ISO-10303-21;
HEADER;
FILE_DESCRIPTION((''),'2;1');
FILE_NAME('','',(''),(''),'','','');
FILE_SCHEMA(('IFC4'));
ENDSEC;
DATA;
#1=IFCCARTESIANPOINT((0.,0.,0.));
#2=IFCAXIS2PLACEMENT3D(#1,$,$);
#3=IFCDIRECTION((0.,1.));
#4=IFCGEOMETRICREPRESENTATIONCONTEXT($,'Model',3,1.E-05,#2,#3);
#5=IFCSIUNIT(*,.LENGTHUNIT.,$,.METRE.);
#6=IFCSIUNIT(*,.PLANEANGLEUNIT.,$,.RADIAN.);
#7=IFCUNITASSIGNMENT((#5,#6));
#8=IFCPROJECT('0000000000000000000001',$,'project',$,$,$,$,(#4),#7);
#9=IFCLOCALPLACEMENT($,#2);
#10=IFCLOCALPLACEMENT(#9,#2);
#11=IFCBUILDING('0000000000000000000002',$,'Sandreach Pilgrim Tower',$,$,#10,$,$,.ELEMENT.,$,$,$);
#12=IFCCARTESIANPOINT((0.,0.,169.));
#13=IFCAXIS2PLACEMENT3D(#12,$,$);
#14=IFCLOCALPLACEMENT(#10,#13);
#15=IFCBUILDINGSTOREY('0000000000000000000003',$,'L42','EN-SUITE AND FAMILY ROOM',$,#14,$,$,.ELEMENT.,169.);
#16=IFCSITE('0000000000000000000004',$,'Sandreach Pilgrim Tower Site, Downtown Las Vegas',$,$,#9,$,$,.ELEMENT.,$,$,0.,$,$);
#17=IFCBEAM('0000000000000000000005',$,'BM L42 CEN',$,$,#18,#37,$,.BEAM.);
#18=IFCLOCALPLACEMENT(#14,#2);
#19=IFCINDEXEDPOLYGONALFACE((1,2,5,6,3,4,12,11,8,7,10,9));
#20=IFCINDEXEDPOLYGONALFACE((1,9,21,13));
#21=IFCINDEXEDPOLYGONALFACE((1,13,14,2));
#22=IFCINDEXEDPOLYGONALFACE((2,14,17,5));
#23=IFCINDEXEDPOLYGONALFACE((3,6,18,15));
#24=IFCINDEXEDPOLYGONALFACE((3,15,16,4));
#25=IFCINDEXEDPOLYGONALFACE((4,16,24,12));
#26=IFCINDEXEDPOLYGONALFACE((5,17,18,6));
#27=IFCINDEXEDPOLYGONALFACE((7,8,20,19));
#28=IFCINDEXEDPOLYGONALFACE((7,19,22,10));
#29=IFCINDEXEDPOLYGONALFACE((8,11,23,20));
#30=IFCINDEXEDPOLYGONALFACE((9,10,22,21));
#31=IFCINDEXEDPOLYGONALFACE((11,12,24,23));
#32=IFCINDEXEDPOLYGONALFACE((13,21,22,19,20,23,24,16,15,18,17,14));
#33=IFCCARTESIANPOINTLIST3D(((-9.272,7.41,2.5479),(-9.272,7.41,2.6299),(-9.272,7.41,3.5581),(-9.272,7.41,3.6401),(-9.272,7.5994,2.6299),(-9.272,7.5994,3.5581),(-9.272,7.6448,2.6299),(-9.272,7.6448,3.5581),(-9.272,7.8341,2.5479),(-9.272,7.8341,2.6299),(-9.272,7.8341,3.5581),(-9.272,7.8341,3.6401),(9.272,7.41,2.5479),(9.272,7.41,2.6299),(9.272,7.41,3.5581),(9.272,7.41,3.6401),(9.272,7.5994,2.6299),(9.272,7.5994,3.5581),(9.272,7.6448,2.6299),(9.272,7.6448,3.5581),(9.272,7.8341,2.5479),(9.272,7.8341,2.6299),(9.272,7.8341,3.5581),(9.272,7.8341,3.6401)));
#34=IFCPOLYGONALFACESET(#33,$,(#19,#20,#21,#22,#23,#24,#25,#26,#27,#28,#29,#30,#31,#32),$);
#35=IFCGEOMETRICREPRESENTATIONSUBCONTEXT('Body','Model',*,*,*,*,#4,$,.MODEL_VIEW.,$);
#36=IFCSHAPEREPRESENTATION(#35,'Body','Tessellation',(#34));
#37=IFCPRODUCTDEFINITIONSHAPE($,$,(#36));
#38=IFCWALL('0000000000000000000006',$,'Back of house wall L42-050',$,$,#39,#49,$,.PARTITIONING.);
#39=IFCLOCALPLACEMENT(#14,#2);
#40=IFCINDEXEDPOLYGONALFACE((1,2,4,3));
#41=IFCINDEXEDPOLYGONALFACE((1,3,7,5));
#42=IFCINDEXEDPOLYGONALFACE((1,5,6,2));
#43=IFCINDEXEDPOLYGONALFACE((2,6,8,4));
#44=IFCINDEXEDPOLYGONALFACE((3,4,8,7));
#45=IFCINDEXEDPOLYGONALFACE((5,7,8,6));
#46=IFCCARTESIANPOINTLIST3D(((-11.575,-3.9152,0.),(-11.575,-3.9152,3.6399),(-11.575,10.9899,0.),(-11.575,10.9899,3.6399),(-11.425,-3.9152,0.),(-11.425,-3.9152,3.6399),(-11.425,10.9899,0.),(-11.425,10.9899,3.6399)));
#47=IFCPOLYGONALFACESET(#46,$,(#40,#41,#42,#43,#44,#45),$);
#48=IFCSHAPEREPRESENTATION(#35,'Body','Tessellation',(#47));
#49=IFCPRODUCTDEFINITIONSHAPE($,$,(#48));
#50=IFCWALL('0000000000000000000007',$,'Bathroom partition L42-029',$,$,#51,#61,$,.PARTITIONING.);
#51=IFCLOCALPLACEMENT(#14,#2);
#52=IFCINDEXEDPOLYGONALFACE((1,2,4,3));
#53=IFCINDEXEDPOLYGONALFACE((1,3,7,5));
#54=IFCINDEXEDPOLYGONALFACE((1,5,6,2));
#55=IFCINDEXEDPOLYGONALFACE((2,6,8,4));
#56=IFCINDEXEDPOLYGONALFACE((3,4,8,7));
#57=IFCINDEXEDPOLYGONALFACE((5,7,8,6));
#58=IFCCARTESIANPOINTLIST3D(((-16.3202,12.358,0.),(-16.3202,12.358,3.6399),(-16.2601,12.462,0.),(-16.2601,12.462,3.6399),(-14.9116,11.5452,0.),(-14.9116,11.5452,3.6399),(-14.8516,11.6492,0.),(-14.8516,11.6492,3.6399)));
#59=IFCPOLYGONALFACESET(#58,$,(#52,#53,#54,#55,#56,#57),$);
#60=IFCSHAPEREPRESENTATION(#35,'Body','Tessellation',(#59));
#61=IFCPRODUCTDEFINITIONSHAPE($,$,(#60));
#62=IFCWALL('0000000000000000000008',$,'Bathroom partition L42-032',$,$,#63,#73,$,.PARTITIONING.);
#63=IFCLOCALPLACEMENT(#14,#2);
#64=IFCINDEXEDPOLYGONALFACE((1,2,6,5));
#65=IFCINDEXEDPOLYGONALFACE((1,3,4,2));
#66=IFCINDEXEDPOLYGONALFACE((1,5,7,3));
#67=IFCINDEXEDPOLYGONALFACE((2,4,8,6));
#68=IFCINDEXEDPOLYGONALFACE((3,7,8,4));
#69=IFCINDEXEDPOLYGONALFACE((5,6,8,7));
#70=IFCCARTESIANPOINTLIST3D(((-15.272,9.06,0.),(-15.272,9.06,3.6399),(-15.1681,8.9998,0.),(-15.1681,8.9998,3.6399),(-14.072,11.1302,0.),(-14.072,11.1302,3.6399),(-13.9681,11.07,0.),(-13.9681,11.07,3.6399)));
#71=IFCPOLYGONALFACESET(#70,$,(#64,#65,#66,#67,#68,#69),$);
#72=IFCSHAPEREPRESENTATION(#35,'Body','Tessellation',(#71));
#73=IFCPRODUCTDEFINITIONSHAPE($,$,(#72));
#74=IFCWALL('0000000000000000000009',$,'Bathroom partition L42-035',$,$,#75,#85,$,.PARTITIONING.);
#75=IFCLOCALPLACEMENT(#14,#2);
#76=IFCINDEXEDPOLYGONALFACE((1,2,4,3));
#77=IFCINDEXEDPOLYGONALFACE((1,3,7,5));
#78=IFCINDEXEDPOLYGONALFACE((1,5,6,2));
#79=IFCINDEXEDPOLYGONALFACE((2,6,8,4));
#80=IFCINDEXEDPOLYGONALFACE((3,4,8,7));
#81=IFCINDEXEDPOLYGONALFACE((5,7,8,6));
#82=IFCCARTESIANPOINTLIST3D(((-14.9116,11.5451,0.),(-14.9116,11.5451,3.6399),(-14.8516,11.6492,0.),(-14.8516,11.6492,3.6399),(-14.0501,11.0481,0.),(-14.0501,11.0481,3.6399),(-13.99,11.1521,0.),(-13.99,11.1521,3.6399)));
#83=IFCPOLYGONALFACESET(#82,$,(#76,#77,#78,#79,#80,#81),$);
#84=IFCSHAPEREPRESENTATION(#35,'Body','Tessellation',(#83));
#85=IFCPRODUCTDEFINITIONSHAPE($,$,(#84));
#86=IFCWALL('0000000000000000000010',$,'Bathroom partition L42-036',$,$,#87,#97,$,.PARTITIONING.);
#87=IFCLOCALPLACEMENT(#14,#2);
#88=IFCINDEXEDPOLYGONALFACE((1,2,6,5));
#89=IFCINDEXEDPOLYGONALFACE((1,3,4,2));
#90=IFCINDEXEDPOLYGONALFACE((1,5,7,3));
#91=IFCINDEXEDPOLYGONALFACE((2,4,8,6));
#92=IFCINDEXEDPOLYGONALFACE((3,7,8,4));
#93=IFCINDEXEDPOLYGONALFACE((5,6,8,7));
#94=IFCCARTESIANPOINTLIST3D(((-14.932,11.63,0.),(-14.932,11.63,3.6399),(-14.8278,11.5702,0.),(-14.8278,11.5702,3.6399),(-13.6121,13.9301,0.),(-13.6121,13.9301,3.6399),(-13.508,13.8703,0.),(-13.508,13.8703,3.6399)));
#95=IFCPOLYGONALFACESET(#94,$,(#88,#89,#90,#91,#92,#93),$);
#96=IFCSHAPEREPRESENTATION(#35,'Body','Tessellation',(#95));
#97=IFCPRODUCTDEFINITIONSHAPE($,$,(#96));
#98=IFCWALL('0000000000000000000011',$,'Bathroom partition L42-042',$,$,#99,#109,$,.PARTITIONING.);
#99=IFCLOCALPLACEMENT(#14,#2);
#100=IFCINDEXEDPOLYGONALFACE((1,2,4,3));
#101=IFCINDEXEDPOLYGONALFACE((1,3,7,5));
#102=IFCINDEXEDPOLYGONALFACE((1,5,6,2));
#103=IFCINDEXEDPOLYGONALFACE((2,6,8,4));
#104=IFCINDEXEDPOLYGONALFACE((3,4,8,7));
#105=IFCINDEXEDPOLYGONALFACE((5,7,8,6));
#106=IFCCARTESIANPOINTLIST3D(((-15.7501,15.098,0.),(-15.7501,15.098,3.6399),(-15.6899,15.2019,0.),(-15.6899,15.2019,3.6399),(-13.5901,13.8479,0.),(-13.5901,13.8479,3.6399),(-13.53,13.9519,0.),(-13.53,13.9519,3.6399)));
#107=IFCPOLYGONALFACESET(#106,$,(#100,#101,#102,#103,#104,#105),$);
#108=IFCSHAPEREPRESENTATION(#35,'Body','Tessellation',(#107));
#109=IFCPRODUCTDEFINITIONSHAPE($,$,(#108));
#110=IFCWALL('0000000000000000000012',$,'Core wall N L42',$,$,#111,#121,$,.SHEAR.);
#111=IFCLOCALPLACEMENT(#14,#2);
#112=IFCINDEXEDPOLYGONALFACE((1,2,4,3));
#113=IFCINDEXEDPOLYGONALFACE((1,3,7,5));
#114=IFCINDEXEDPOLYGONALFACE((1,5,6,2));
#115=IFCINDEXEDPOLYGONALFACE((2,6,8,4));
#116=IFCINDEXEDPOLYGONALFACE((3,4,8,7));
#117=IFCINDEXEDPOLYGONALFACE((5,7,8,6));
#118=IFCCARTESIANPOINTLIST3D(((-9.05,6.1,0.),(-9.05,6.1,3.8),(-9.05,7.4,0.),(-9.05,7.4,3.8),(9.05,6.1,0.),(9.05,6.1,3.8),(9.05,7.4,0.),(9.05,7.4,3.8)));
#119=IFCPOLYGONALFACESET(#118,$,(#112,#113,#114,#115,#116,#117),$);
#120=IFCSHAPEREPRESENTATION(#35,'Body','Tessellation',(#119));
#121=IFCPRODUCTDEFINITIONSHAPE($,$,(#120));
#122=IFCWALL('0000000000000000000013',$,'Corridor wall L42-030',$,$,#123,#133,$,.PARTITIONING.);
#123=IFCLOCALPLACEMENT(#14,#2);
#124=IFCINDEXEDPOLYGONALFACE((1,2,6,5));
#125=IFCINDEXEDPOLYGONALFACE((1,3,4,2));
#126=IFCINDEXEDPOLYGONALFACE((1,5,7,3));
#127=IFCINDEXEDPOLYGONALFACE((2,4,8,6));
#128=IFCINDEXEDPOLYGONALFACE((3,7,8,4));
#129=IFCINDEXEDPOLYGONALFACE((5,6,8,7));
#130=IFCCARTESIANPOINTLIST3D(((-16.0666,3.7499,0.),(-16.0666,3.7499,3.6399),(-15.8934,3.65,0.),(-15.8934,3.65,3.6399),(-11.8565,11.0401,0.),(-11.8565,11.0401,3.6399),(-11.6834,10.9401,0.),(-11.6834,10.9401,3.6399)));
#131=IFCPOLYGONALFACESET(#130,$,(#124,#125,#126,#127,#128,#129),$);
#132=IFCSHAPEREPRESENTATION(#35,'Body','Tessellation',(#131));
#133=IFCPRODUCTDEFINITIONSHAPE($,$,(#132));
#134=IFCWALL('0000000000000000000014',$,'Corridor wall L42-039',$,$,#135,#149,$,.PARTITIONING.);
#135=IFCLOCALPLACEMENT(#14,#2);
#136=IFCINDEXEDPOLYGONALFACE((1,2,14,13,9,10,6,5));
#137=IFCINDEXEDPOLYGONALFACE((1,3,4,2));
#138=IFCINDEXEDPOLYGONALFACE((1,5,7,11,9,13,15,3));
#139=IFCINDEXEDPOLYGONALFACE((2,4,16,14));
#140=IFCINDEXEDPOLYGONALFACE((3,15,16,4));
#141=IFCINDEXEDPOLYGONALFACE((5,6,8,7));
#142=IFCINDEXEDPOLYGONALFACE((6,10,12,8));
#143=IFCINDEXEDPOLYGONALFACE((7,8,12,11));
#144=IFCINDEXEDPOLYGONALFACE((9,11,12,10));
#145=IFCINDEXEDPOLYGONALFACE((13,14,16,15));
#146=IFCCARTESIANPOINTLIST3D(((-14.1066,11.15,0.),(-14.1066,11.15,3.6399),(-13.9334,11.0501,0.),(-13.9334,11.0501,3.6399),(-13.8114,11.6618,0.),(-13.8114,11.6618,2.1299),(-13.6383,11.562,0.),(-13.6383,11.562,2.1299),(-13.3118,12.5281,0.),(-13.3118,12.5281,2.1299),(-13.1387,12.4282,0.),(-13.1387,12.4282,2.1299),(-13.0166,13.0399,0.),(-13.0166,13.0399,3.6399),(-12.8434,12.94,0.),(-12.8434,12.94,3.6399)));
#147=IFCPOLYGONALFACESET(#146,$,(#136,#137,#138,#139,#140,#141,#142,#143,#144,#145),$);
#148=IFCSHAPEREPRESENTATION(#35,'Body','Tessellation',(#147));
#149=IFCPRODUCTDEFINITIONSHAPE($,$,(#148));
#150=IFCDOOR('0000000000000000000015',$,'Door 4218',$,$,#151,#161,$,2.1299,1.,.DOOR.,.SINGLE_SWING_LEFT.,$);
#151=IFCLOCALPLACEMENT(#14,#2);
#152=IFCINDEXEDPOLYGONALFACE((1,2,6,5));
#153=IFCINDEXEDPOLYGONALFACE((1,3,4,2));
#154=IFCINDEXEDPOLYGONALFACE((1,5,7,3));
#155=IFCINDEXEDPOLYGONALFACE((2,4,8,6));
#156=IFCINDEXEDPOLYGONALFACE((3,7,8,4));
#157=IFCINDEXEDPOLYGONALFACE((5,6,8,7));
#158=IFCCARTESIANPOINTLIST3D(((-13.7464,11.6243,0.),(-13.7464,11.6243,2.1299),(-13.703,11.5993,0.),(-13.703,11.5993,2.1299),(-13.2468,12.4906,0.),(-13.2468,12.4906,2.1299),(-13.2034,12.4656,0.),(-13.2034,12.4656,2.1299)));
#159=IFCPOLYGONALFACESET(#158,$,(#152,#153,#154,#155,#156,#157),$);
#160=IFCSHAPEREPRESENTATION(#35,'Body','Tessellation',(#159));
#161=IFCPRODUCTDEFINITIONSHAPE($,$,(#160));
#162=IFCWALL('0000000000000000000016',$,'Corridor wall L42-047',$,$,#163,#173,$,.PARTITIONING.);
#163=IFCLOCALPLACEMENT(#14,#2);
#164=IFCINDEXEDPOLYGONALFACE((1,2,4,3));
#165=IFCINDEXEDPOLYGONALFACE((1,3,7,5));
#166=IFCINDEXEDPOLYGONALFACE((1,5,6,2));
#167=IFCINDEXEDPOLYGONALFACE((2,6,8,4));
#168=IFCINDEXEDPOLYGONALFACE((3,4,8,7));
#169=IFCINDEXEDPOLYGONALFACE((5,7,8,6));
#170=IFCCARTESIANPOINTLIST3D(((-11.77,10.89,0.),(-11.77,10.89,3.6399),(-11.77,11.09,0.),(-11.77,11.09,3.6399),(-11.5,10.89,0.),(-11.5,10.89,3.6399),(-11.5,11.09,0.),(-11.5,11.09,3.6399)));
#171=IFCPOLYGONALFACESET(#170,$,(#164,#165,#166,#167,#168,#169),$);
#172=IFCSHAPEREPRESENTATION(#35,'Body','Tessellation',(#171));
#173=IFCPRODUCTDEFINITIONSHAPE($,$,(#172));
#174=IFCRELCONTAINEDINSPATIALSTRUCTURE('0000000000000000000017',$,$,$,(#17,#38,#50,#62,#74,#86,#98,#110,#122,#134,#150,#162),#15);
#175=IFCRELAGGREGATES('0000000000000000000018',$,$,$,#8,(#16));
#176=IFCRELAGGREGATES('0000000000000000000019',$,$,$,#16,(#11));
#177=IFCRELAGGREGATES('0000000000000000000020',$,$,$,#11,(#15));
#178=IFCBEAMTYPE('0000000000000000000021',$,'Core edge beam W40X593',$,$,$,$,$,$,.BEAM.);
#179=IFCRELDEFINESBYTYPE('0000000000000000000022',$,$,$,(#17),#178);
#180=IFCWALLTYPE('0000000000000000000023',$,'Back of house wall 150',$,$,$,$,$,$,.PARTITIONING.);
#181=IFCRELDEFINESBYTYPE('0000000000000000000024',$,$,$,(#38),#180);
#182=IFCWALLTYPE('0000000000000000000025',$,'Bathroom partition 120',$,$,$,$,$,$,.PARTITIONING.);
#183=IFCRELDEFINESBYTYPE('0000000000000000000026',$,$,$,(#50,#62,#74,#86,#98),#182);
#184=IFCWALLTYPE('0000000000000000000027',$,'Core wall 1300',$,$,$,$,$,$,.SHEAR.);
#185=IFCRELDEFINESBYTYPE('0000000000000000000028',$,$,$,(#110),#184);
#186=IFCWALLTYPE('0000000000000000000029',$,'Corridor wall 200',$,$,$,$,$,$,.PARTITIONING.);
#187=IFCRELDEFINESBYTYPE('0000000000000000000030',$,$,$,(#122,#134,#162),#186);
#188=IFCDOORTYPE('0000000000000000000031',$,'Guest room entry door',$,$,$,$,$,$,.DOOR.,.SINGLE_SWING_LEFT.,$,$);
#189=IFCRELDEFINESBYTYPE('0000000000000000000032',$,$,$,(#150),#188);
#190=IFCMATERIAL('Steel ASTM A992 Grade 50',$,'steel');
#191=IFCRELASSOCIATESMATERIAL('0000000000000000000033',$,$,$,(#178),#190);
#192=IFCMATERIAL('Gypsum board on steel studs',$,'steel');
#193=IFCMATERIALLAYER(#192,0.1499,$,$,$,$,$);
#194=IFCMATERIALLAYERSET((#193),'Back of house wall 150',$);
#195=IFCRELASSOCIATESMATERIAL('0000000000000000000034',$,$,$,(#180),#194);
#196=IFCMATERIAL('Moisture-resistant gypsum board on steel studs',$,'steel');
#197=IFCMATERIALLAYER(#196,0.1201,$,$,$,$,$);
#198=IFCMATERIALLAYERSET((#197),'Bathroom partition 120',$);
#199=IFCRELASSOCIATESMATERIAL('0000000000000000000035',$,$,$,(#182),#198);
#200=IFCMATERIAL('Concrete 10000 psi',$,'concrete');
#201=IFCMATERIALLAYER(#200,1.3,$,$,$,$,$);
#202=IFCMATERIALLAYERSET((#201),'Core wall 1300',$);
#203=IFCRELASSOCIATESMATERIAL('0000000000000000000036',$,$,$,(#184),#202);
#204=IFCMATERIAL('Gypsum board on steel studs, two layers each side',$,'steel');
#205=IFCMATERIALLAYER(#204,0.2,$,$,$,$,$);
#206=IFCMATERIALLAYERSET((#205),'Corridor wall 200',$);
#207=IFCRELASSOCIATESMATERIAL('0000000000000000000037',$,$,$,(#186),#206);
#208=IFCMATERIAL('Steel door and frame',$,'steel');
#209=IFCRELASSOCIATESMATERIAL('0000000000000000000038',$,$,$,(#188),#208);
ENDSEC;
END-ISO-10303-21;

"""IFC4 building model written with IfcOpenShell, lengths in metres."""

from ifc_helpers import new_model, si_unit, direction, frame, frame_2d, origin, origin_2d, place, context, subcontext, project, spatial, rectangle, i_section, extrude, material, layer, layer_set, material_profile, profile_set, type_object, element, fill, save


model = new_model("IFC4")

# Units and contexts
model_context = context("Model", 3, precision=1e-05, world=origin(), true_north=direction((0.0, 1.0)))
body_context = subcontext(model_context, "Body", "Model", "MODEL_VIEW")
ifc_project = project(units=[si_unit("LENGTHUNIT", "METRE"), si_unit("PLANEANGLEUNIT", "RADIAN")], contexts=[model_context])

# Site, building, storey
site_placement = place(None, origin())
site = spatial("IfcSite", under=ifc_project, at=site_placement, Name="Sandreach Pilgrim Tower Site, Downtown Las Vegas", CompositionType="ELEMENT", RefElevation=0.0)
building_placement = place(site_placement, origin())
building = spatial("IfcBuilding", under=site, at=building_placement, Name="Sandreach Pilgrim Tower", CompositionType="ELEMENT")
storey_placement = place(building_placement, frame((0.0, 0.0, 169.0)))
storey = spatial("IfcBuildingStorey", under=building, at=storey_placement, Name="L42", Description="EN-SUITE AND FAMILY ROOM", CompositionType="ELEMENT", Elevation=169.0)

# Beam
ifc_material_1 = material(Name="Steel ASTM A992 Grade 50", Category="steel")
ifc_material_profile = material_profile(ifc_material_1, i_section(OverallWidth=0.4241, OverallDepth=1.0923, WebThickness=0.0454, FlangeThickness=0.082, at=origin_2d()), Name="W40X593")
ifc_profile_set = profile_set([ifc_material_profile], Name="Steel ASTM A992 Grade 50")
beam_type = type_object("IfcBeamType", Name="Core edge beam W40X593", PredefinedType="BEAM", material=ifc_profile_set)
beam_placement = place(storey_placement, frame((-9.272, 7.6221, 3.094), z_axis=(1.0, 0.0, 0.0), x_axis=(0.0, 1.0, 0.0)))
element("IfcBeam", 1, at=beam_placement, inside=storey, type_object=beam_type, Name="BM L42 CEN", PredefinedType="BEAM", context=body_context, shape_type="SweptSolid", body=[
    extrude(i_section(OverallWidth=0.4241, OverallDepth=1.0923, WebThickness=0.0454, FlangeThickness=0.082, at=origin_2d()), origin(), (0.0, 0.0, 1.0), 18.5439),
])

# Walls
ifc_material_2 = material(Name="Gypsum board on steel studs", Category="steel")
ifc_layer_1 = layer(ifc_material_2, 0.1499)
ifc_layer_set_1 = layer_set([ifc_layer_1], Name="Back of house wall 150")
wall_type_1 = type_object("IfcWallType", Name="Back of house wall 150", PredefinedType="PARTITIONING", material=ifc_layer_set_1)
wall_1_placement = place(storey_placement, frame((-11.5, 10.99, 0.0), z_axis=(0.0, 0.0, 1.0), x_axis=(0.0, -1.0, 0.0)))
element("IfcWall", 2, at=wall_1_placement, inside=storey, type_object=wall_type_1, Name="Back of house wall L42-050", PredefinedType="PARTITIONING", context=body_context, shape_type="SweptSolid", body=[
    extrude(rectangle(XDim=14.905, YDim=0.1499, at=frame_2d((7.4526, 0.0))), origin(), (0.0, 0.0, 1.0), 3.6399),
])
ifc_material_3 = material(Name="Moisture-resistant gypsum board on steel studs", Category="steel")
ifc_layer_2 = layer(ifc_material_3, 0.1201)
ifc_layer_set_2 = layer_set([ifc_layer_2], Name="Bathroom partition 120")
wall_type_2 = type_object("IfcWallType", Name="Bathroom partition 120", PredefinedType="PARTITIONING", material=ifc_layer_set_2)
wall_2_placement = place(storey_placement, frame((-16.29, 12.4099, 0.0), z_axis=(0.0, 0.0, 1.0), x_axis=(0.866138, -0.499805, 0.0)))
element("IfcWall", 3, at=wall_2_placement, inside=storey, type_object=wall_type_2, Name="Bathroom partition L42-029", PredefinedType="PARTITIONING", context=body_context, shape_type="SweptSolid", body=[
    extrude(rectangle(XDim=1.6262, YDim=0.1201, at=frame_2d((0.813, 0.0))), origin(), (0.0, 0.0, 1.0), 3.6399),
])
wall_3_placement = place(storey_placement, frame((-15.22, 9.03, 0.0), z_axis=(0.0, 0.0, 1.0), x_axis=(0.501503, 0.865156, 0.0)))
element("IfcWall", 4, at=wall_3_placement, inside=storey, type_object=wall_type_2, Name="Bathroom partition L42-032", PredefinedType="PARTITIONING", context=body_context, shape_type="SweptSolid", body=[
    extrude(rectangle(XDim=2.3928, YDim=0.1201, at=frame_2d((1.1963, 0.0))), origin(), (0.0, 0.0, 1.0), 3.6399),
])
wall_4_placement = place(storey_placement, frame((-14.8816, 11.5972, 0.0), z_axis=(0.0, 0.0, 1.0), x_axis=(0.866181, -0.49973, 0.0)))
element("IfcWall", 5, at=wall_4_placement, inside=storey, type_object=wall_type_2, Name="Bathroom partition L42-035", PredefinedType="PARTITIONING", context=body_context, shape_type="SweptSolid", body=[
    extrude(rectangle(XDim=0.9946, YDim=0.1201, at=frame_2d((0.4973, 0.0))), origin(), (0.0, 0.0, 1.0), 3.6399),
])
wall_5_placement = place(storey_placement, frame((-14.8799, 11.6001, 0.0), z_axis=(0.0, 0.0, 1.0), x_axis=(0.497705, 0.867347, 0.0)))
element("IfcWall", 6, at=wall_5_placement, inside=storey, type_object=wall_type_2, Name="Bathroom partition L42-036", PredefinedType="PARTITIONING", context=body_context, shape_type="SweptSolid", body=[
    extrude(rectangle(XDim=2.6519, YDim=0.1201, at=frame_2d((1.3259, 0.0))), origin(), (0.0, 0.0, 1.0), 3.6399),
])
wall_6_placement = place(storey_placement, frame((-13.5601, 13.8999, 0.0), z_axis=(0.0, 0.0, 1.0), x_axis=(-0.865509, 0.500894, 0.0)))
element("IfcWall", 7, at=wall_6_placement, inside=storey, type_object=wall_type_2, Name="Bathroom partition L42-042", PredefinedType="PARTITIONING", context=body_context, shape_type="SweptSolid", body=[
    extrude(rectangle(XDim=2.4956, YDim=0.1201, at=frame_2d((1.2478, 0.0))), origin(), (0.0, 0.0, 1.0), 3.6399),
])
ifc_material_4 = material(Name="Concrete 10000 psi", Category="concrete")
ifc_layer_3 = layer(ifc_material_4, 1.3)
ifc_layer_set_3 = layer_set([ifc_layer_3], Name="Core wall 1300")
wall_type_3 = type_object("IfcWallType", Name="Core wall 1300", PredefinedType="SHEAR", material=ifc_layer_set_3)
wall_7_placement = place(storey_placement, frame((-9.05, 6.75, 0.0), z_axis=(0.0, 0.0, 1.0), x_axis=(1.0, 0.0, 0.0)))
element("IfcWall", 8, at=wall_7_placement, inside=storey, type_object=wall_type_3, Name="Core wall N L42", PredefinedType="SHEAR", context=body_context, shape_type="SweptSolid", body=[
    extrude(rectangle(XDim=18.1001, YDim=1.3, at=frame_2d((9.05, 0.0))), origin(), (0.0, 0.0, 1.0), 3.8),
])
ifc_material_5 = material(Name="Gypsum board on steel studs, two layers each side", Category="steel")
ifc_layer_4 = layer(ifc_material_5, 0.2)
ifc_layer_set_4 = layer_set([ifc_layer_4], Name="Corridor wall 200")
wall_type_4 = type_object("IfcWallType", Name="Corridor wall 200", PredefinedType="PARTITIONING", material=ifc_layer_set_4)
wall_8_placement = place(storey_placement, frame((-15.98, 3.7, 0.0), z_axis=(0.0, 0.0, 1.0), x_axis=(0.500094, 0.865971, 0.0)))
element("IfcWall", 9, at=wall_8_placement, inside=storey, type_object=wall_type_4, Name="Corridor wall L42-030", PredefinedType="PARTITIONING", context=body_context, shape_type="SweptSolid", body=[
    extrude(rectangle(XDim=8.4185, YDim=0.2, at=frame_2d((4.2092, 0.0))), origin(), (0.0, 0.0, 1.0), 3.6399),
])

# Wall, opening, door
wall_9_placement = place(storey_placement, frame((-14.02, 11.1001, 0.0), z_axis=(0.0, 0.0, 1.0), x_axis=(0.499642, 0.866232, 0.0)))
wall_9 = element("IfcWall", 10, at=wall_9_placement, inside=storey, type_object=wall_type_4, Name="Corridor wall L42-039", PredefinedType="PARTITIONING", context=body_context, shape_type="SweptSolid", body=[
    extrude(rectangle(XDim=2.1816, YDim=0.2, at=frame_2d((1.0908, 0.0))), origin(), (0.0, 0.0, 1.0), 3.6399),
])
opening_1_placement = place(wall_9_placement, frame((0.5908, 0.0, 0.0)))
opening_1 = element("IfcOpeningElement", 11, at=opening_1_placement, cuts=wall_9, PredefinedType="OPENING", context=body_context, shape_type="SweptSolid", body=[
    extrude(rectangle(XDim=1.0, YDim=2.1299, at=frame_2d((0.5, 1.0649))), frame((0.0, 0.1001, 0.0), z_axis=(0.0, -1.0, 0.0), x_axis=(1.0, 0.0, 0.0)), (0.0, 0.0, 1.0), 0.2),
])
ifc_material_6 = material(Name="Steel door and frame", Category="steel")
door_type_1 = type_object("IfcDoorType", Name="Guest room entry door", OperationType="SINGLE_SWING_LEFT", PredefinedType="DOOR", material=ifc_material_6)
door_1_placement = place(opening_1_placement, origin())
door_1 = element("IfcDoor", 12, at=door_1_placement, inside=storey, type_object=door_type_1, Name="Door 4218", OperationType="SINGLE_SWING_LEFT", OverallHeight=2.1299, OverallWidth=1.0, PredefinedType="DOOR", context=body_context, shape_type="SweptSolid", body=[
    extrude(rectangle(XDim=1.0, YDim=2.1299, at=frame_2d((0.5, 1.0649))), frame((0.0, 0.0249, 0.0), z_axis=(0.0, -1.0, 0.0), x_axis=(1.0, 0.0, 0.0)), (0.0, 0.0, 1.0), 0.05),
])
fill(opening_1, door_1)

# Wall
wall_10_placement = place(storey_placement, frame((-11.77, 10.99, 0.0), z_axis=(0.0, 0.0, 1.0), x_axis=(1.0, 0.0, 0.0)))
element("IfcWall", 13, at=wall_10_placement, inside=storey, type_object=wall_type_4, Name="Corridor wall L42-047", PredefinedType="PARTITIONING", context=body_context, shape_type="SweptSolid", body=[
    extrude(rectangle(XDim=0.27, YDim=0.2, at=frame_2d((0.135, 0.0))), origin(), (0.0, 0.0, 1.0), 3.6399),
])

save(model, "model.ifc")
